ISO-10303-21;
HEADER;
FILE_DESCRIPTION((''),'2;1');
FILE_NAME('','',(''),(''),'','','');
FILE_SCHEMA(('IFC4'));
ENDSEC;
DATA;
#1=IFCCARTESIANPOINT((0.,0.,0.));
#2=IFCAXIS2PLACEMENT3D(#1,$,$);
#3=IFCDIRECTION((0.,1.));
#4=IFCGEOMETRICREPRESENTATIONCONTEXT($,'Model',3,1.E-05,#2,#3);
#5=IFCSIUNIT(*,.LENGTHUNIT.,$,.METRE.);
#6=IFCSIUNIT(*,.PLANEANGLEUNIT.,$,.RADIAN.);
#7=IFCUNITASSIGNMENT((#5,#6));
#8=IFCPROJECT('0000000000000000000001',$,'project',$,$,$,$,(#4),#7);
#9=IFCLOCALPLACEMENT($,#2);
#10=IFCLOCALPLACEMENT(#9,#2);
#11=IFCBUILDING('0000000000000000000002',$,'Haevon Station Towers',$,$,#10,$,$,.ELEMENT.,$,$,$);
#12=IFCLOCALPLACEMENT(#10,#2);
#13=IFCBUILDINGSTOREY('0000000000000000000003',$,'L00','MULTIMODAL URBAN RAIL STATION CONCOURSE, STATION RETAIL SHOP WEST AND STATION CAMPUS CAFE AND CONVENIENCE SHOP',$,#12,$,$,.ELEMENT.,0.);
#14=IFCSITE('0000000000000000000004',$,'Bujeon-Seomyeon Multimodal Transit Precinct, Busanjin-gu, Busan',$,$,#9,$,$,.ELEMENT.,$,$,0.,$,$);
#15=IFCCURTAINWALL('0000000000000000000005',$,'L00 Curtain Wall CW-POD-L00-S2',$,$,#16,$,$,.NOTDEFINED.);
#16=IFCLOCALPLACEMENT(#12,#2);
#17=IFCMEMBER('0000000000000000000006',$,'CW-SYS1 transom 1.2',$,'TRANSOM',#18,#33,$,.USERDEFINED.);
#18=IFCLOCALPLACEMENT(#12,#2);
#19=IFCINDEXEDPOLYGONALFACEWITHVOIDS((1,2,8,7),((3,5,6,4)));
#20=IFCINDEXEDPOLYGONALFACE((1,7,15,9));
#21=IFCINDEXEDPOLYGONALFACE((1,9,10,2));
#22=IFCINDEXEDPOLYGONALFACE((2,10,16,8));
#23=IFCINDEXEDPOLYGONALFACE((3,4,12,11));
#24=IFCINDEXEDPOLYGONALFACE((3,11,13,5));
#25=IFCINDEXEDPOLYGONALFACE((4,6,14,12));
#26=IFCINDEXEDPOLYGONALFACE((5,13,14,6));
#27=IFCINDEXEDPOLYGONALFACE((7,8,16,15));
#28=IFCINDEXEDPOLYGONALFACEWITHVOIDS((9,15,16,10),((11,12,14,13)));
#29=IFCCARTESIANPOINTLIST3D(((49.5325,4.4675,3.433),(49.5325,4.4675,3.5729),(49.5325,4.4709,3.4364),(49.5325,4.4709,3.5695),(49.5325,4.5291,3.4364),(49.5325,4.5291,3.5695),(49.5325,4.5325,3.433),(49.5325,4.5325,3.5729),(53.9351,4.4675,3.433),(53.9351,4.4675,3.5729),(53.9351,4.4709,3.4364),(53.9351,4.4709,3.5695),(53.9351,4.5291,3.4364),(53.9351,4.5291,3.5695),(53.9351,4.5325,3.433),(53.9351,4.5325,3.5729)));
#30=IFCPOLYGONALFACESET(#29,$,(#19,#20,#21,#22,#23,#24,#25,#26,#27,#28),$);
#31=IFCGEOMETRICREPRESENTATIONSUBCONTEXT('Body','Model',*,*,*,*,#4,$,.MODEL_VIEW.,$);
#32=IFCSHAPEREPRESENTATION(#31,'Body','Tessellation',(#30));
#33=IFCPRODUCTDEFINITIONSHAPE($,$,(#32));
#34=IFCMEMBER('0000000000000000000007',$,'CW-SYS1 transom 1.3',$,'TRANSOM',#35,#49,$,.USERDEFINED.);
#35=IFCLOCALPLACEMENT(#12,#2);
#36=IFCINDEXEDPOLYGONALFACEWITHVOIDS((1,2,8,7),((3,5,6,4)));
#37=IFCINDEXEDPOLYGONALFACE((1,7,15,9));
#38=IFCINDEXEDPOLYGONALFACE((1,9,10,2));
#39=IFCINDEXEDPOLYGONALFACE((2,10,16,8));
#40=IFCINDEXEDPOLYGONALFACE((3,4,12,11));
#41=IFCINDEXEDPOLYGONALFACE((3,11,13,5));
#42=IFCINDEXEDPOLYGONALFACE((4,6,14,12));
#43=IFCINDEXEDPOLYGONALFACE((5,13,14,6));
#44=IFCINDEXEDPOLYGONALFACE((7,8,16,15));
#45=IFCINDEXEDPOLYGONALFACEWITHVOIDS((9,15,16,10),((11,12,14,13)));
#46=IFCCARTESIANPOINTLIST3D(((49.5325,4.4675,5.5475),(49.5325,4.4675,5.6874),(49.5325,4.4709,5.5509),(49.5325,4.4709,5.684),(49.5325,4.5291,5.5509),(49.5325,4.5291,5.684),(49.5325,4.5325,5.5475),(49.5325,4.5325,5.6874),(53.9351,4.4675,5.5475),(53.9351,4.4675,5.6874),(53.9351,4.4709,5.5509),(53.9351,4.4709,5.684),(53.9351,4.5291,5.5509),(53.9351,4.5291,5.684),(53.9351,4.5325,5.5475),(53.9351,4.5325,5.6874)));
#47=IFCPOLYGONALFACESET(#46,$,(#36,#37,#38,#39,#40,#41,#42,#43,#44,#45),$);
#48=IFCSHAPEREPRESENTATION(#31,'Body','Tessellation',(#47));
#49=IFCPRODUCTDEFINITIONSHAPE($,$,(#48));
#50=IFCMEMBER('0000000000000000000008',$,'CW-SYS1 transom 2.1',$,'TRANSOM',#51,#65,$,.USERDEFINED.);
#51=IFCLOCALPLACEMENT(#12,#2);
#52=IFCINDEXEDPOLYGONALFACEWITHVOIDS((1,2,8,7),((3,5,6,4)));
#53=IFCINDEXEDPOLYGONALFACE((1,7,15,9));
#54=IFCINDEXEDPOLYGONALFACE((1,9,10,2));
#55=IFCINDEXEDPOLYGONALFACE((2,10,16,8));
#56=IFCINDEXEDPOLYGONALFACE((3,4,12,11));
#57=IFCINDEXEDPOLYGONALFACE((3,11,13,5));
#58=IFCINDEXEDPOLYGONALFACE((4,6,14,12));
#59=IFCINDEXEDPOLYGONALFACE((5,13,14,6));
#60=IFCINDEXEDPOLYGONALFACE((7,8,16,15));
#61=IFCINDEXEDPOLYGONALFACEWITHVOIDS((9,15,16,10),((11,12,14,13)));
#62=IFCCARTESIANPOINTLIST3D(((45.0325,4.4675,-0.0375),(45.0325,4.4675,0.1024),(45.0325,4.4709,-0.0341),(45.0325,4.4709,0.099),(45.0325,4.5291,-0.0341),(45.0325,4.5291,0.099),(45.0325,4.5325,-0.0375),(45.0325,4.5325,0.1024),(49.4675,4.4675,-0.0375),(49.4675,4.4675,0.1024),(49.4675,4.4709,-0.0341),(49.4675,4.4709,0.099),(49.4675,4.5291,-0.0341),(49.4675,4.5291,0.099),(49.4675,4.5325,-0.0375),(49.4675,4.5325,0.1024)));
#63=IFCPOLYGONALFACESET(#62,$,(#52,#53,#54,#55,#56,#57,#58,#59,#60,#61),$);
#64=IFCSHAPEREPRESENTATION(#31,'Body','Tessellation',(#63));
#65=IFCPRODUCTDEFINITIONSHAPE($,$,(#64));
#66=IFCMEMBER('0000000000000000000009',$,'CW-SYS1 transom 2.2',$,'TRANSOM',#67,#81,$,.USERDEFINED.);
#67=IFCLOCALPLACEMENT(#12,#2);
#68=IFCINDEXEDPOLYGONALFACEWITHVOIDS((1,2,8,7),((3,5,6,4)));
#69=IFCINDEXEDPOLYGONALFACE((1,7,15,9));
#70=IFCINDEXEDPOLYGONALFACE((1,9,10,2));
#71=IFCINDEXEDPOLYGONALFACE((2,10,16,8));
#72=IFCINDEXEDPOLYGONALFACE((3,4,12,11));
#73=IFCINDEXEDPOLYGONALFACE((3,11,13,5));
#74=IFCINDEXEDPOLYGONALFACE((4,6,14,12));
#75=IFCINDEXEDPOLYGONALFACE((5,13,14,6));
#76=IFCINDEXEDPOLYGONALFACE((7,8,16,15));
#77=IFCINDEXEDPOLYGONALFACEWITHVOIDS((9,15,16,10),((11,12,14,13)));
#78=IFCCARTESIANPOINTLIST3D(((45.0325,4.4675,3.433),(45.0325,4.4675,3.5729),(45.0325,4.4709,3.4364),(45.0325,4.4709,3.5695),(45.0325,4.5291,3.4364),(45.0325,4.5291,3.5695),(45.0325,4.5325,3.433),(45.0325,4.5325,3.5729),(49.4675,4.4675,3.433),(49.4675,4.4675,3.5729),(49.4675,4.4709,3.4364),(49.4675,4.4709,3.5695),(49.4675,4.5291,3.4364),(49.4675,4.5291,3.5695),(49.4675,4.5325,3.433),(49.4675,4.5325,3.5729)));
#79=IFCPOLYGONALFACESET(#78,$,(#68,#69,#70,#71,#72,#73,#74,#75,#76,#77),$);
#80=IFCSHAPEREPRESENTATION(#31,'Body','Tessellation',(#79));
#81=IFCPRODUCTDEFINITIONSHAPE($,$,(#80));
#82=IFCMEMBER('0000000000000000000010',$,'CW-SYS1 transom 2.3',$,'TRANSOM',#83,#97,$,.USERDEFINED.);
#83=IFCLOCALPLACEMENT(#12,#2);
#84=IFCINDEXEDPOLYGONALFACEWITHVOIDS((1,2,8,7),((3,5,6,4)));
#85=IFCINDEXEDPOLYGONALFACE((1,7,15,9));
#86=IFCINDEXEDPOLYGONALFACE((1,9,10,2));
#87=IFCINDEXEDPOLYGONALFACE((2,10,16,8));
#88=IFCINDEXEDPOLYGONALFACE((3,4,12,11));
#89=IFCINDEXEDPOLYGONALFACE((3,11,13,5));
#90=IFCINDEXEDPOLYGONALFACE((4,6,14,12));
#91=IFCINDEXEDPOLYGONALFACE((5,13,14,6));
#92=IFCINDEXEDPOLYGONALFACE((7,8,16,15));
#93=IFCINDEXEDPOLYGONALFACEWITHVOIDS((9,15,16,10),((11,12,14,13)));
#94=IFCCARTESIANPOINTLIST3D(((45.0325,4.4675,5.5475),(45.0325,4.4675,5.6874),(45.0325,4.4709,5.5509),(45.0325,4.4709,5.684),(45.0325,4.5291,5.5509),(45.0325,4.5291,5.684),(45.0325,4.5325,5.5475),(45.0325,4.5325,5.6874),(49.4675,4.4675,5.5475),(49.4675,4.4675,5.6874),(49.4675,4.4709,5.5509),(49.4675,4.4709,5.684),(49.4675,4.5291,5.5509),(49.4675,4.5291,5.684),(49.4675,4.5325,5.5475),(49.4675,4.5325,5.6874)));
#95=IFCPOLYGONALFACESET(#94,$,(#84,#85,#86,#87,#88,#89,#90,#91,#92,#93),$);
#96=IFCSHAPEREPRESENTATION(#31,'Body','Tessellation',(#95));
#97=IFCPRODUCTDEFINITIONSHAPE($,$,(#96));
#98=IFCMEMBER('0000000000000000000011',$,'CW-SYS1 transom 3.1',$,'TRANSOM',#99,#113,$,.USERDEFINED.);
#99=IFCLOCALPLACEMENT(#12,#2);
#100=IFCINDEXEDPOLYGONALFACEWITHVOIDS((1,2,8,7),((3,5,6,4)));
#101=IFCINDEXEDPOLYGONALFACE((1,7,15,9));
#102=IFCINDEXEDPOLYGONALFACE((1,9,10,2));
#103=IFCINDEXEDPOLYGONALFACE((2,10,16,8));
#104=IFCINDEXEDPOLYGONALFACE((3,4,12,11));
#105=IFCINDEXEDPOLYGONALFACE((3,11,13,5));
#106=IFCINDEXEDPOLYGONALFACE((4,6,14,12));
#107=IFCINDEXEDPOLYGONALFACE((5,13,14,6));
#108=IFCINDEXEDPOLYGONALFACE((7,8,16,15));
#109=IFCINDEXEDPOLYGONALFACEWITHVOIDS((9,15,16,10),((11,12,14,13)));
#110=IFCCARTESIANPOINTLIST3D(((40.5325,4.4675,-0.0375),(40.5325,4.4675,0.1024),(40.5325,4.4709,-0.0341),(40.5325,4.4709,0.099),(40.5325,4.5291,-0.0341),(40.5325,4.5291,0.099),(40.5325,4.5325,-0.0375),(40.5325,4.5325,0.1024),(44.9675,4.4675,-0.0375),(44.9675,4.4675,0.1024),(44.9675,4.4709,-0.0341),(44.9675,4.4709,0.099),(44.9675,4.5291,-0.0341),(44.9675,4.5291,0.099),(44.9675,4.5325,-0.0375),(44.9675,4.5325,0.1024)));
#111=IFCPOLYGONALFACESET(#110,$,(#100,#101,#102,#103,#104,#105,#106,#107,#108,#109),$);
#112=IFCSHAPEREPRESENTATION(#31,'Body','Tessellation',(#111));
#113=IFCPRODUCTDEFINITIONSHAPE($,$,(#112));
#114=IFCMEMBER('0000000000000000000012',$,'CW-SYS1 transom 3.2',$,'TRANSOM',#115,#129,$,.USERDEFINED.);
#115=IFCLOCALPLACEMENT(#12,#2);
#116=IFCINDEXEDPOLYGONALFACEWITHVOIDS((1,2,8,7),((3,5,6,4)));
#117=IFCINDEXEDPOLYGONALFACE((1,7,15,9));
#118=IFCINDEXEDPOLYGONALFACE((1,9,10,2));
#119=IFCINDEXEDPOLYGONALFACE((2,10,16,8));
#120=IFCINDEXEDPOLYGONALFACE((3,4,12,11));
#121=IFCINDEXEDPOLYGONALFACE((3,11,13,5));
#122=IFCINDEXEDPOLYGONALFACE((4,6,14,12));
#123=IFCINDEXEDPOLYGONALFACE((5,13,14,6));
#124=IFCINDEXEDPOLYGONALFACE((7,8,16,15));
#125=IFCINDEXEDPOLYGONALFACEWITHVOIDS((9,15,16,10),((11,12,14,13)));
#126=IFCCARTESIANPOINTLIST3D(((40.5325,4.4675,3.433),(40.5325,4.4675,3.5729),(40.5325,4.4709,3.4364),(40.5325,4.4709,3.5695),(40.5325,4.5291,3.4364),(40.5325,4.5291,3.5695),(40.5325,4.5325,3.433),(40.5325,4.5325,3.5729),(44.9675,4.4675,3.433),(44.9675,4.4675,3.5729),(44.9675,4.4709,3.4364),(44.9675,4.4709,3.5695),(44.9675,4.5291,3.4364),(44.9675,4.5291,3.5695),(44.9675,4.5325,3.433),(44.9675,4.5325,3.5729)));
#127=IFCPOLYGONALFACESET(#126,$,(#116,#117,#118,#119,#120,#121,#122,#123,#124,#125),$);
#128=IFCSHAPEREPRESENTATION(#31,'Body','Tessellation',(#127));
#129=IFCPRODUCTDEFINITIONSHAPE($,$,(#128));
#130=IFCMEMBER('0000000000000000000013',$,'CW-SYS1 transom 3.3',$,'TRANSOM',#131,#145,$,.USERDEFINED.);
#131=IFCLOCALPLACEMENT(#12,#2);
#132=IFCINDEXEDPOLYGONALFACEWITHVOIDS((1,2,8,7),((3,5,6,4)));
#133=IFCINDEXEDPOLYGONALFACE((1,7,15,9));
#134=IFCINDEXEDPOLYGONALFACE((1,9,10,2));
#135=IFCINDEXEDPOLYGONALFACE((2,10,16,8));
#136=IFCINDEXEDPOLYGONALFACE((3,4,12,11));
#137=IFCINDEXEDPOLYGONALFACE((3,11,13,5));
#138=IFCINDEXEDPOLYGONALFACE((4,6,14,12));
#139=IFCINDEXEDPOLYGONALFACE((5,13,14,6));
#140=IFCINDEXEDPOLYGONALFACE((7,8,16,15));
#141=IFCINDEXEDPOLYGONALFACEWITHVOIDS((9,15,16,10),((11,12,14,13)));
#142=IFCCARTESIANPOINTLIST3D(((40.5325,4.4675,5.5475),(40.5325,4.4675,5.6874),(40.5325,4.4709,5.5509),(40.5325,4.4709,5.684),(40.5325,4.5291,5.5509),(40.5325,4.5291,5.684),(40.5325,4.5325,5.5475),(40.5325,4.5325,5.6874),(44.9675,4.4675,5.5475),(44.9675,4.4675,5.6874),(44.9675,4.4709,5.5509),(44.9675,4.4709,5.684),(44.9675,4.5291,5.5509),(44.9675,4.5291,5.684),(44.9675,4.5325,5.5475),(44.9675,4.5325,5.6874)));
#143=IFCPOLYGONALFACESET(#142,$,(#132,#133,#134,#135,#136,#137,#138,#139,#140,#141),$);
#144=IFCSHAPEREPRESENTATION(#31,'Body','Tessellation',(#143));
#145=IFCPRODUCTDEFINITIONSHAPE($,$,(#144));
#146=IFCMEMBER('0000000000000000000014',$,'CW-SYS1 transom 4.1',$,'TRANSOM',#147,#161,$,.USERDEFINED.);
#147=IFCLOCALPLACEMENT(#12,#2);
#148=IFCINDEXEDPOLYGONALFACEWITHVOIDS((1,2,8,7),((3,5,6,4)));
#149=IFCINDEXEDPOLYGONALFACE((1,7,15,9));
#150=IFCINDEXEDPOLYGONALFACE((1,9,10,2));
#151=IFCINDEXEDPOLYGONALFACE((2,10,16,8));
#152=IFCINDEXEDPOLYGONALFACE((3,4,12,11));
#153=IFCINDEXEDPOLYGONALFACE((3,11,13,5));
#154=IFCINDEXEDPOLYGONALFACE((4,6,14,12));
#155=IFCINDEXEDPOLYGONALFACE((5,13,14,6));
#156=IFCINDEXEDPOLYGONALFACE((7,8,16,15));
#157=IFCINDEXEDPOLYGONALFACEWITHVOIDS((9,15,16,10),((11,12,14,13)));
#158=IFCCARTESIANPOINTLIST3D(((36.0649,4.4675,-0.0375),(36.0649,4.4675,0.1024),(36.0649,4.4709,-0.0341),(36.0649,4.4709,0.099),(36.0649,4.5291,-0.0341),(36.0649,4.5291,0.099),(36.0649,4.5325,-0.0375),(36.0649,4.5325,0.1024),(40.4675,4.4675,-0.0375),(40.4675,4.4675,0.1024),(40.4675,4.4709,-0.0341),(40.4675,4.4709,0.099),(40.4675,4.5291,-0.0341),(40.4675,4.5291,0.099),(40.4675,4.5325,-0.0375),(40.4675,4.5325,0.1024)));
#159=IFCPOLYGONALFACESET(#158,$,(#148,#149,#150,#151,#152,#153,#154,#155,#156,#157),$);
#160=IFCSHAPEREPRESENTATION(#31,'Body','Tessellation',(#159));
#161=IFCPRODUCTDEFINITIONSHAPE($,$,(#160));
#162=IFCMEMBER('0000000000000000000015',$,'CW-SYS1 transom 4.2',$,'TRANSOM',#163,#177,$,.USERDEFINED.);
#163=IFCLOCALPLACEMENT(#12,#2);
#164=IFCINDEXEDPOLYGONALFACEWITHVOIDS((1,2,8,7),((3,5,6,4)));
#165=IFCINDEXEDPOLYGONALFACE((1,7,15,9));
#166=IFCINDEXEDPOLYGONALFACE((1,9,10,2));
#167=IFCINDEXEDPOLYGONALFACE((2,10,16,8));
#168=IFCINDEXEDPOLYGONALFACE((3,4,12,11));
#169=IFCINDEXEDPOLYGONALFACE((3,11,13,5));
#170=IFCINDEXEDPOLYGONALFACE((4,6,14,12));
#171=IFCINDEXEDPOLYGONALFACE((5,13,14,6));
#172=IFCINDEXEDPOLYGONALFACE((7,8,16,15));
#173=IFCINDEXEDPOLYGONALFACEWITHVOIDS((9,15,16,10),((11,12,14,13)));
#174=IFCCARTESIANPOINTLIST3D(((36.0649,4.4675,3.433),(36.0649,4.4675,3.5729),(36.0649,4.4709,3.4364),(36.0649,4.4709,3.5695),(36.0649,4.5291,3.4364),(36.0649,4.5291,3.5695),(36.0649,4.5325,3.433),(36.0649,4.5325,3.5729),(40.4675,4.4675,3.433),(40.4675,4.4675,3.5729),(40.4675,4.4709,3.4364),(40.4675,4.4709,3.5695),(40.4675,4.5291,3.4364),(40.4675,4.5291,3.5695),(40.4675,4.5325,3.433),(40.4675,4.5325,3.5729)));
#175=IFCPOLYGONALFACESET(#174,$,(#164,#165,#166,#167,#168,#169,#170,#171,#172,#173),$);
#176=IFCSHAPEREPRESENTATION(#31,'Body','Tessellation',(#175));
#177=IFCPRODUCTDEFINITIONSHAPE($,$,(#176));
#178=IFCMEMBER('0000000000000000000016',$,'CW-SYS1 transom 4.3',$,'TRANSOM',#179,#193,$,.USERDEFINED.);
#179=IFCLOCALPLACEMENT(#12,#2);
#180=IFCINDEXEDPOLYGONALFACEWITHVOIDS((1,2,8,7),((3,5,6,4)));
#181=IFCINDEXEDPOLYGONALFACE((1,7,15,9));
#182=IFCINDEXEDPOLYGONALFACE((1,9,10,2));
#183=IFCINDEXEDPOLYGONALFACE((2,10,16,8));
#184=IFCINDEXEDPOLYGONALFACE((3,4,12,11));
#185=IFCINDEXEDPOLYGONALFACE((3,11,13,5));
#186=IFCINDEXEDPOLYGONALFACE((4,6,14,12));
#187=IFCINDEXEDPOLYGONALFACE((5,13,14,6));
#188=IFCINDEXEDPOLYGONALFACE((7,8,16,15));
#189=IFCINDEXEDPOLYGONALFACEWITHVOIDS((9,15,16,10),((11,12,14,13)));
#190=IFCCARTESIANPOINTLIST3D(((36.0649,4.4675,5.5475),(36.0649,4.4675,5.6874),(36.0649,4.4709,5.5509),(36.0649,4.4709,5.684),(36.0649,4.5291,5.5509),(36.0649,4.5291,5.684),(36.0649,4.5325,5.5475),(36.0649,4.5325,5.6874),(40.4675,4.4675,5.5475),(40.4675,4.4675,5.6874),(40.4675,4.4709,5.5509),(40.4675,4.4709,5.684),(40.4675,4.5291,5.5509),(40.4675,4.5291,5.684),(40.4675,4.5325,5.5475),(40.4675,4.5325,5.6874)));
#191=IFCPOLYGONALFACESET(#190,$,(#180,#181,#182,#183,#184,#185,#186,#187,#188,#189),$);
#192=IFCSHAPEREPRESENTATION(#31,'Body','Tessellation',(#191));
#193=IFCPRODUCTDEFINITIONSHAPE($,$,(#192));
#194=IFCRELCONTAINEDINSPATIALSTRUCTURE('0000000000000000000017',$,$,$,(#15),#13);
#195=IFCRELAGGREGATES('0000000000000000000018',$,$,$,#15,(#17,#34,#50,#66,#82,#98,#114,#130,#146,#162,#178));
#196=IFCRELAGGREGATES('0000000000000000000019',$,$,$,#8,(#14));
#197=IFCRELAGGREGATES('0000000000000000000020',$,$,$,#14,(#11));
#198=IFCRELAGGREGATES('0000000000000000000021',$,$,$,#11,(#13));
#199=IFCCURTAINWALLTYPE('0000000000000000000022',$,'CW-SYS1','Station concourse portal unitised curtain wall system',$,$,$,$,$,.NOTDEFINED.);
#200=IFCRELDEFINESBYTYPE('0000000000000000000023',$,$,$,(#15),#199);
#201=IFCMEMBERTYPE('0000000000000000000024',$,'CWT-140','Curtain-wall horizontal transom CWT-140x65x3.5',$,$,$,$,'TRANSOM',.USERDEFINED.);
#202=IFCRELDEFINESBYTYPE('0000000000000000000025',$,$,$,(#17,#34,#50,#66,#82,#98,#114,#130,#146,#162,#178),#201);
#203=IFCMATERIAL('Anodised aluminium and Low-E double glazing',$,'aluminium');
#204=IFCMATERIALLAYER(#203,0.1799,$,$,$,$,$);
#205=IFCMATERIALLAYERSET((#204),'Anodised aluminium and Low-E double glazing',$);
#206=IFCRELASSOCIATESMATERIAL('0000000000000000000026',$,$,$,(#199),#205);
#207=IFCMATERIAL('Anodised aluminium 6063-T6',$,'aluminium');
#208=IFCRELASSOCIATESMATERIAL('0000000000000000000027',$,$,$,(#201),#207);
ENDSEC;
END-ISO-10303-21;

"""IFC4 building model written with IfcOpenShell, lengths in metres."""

from ifc_helpers import new_model, si_unit, direction, frame, origin, origin_2d, place, context, subcontext, project, spatial, hollow_rectangle, extrude, material, layer, layer_set, material_profile, profile_set, type_object, element, aggregate, save


model = new_model("IFC4")

# Units and contexts
model_context = context("Model", 3, precision=1e-05, world=origin(), true_north=direction((0.0, 1.0)))
body_context = subcontext(model_context, "Body", "Model", "MODEL_VIEW")
ifc_project = project(units=[si_unit("LENGTHUNIT", "METRE"), si_unit("PLANEANGLEUNIT", "RADIAN")], contexts=[model_context])

# Site, building, storey
site_placement = place(None, origin())
site = spatial("IfcSite", under=ifc_project, at=site_placement, Name="Bujeon-Seomyeon Multimodal Transit Precinct, Busanjin-gu, Busan", CompositionType="ELEMENT", RefElevation=0.0)
building_placement = place(site_placement, origin())
building = spatial("IfcBuilding", under=site, at=building_placement, Name="Haevon Station Towers", CompositionType="ELEMENT")
storey_placement = place(building_placement, origin())
storey = spatial("IfcBuildingStorey", under=building, at=storey_placement, Name="L00", Description="MULTIMODAL URBAN RAIL STATION CONCOURSE, STATION RETAIL SHOP WEST AND STATION CAMPUS CAFE AND CONVENIENCE SHOP", CompositionType="ELEMENT", Elevation=0.0)

# Curtain wall, members
ifc_material_1 = material(Name="Anodised aluminium and Low-E double glazing", Category="aluminium")
ifc_layer_1 = layer(ifc_material_1, 0.1799)
ifc_layer_set_1 = layer_set([ifc_layer_1], Name="Anodised aluminium and Low-E double glazing")
curtain_wall_type = type_object("IfcCurtainWallType", Name="CW-SYS1", Description="Station concourse portal unitised curtain wall system", PredefinedType="NOTDEFINED", material=ifc_layer_set_1)
curtain_wall_placement = place(storey_placement, origin())
curtain_wall = element("IfcCurtainWall", 1, at=curtain_wall_placement, inside=storey, type_object=curtain_wall_type, Name="L00 Curtain Wall CW-POD-L00-S2", PredefinedType="NOTDEFINED")
ifc_material_2 = material(Name="Anodised aluminium 6063-T6", Category="aluminium")
ifc_material_profile_1 = material_profile(ifc_material_2, hollow_rectangle(XDim=0.0649, YDim=0.1399, WallThickness=0.0034, at=origin_2d()), Name="CWT-140x65x3.5")
ifc_profile_set_1 = profile_set([ifc_material_profile_1], Name="Anodised aluminium 6063-T6")
member_type_1 = type_object("IfcMemberType", Name="CWT-140", Description="Curtain-wall horizontal transom CWT-140x65x3.5", ElementType="TRANSOM", PredefinedType="USERDEFINED", material=ifc_profile_set_1)
member_1_placement = place(storey_placement, frame((53.9351, 4.5, 3.5029), z_axis=(-1.0, 0.0, 0.0), x_axis=(0.0, -1.0, 0.0)))
member_1 = element("IfcMember", 2, at=member_1_placement, type_object=member_type_1, Name="CW-SYS1 transom 1.2", ObjectType="TRANSOM", PredefinedType="USERDEFINED", context=body_context, shape_type="SweptSolid", body=[
    extrude(hollow_rectangle(XDim=0.0649, YDim=0.1399, WallThickness=0.0034, at=origin_2d()), origin(), (0.0, 0.0, 1.0), 4.4026),
])
member_2_placement = place(storey_placement, frame((53.9351, 4.5, 5.6174), z_axis=(-1.0, 0.0, 0.0), x_axis=(0.0, -1.0, 0.0)))
member_2 = element("IfcMember", 3, at=member_2_placement, type_object=member_type_1, Name="CW-SYS1 transom 1.3", ObjectType="TRANSOM", PredefinedType="USERDEFINED", context=body_context, shape_type="SweptSolid", body=[
    extrude(hollow_rectangle(XDim=0.0649, YDim=0.1399, WallThickness=0.0034, at=origin_2d()), origin(), (0.0, 0.0, 1.0), 4.4026),
])
member_3_placement = place(storey_placement, frame((49.4675, 4.5, 0.0325), z_axis=(-1.0, 0.0, 0.0), x_axis=(0.0, -1.0, 0.0)))
member_3 = element("IfcMember", 4, at=member_3_placement, type_object=member_type_1, Name="CW-SYS1 transom 2.1", ObjectType="TRANSOM", PredefinedType="USERDEFINED", context=body_context, shape_type="SweptSolid", body=[
    extrude(hollow_rectangle(XDim=0.0649, YDim=0.1399, WallThickness=0.0034, at=origin_2d()), origin(), (0.0, 0.0, 1.0), 4.4351),
])
member_4_placement = place(storey_placement, frame((49.4675, 4.5, 3.5029), z_axis=(-1.0, 0.0, 0.0), x_axis=(0.0, -1.0, 0.0)))
member_4 = element("IfcMember", 5, at=member_4_placement, type_object=member_type_1, Name="CW-SYS1 transom 2.2", ObjectType="TRANSOM", PredefinedType="USERDEFINED", context=body_context, shape_type="SweptSolid", body=[
    extrude(hollow_rectangle(XDim=0.0649, YDim=0.1399, WallThickness=0.0034, at=origin_2d()), origin(), (0.0, 0.0, 1.0), 4.4351),
])
member_5_placement = place(storey_placement, frame((49.4675, 4.5, 5.6174), z_axis=(-1.0, 0.0, 0.0), x_axis=(0.0, -1.0, 0.0)))
member_5 = element("IfcMember", 6, at=member_5_placement, type_object=member_type_1, Name="CW-SYS1 transom 2.3", ObjectType="TRANSOM", PredefinedType="USERDEFINED", context=body_context, shape_type="SweptSolid", body=[
    extrude(hollow_rectangle(XDim=0.0649, YDim=0.1399, WallThickness=0.0034, at=origin_2d()), origin(), (0.0, 0.0, 1.0), 4.4351),
])
member_6_placement = place(storey_placement, frame((44.9675, 4.5, 0.0325), z_axis=(-1.0, 0.0, 0.0), x_axis=(0.0, -1.0, 0.0)))
member_6 = element("IfcMember", 7, at=member_6_placement, type_object=member_type_1, Name="CW-SYS1 transom 3.1", ObjectType="TRANSOM", PredefinedType="USERDEFINED", context=body_context, shape_type="SweptSolid", body=[
    extrude(hollow_rectangle(XDim=0.0649, YDim=0.1399, WallThickness=0.0034, at=origin_2d()), origin(), (0.0, 0.0, 1.0), 4.4351),
])
member_7_placement = place(storey_placement, frame((44.9675, 4.5, 3.5029), z_axis=(-1.0, 0.0, 0.0), x_axis=(0.0, -1.0, 0.0)))
member_7 = element("IfcMember", 8, at=member_7_placement, type_object=member_type_1, Name="CW-SYS1 transom 3.2", ObjectType="TRANSOM", PredefinedType="USERDEFINED", context=body_context, shape_type="SweptSolid", body=[
    extrude(hollow_rectangle(XDim=0.0649, YDim=0.1399, WallThickness=0.0034, at=origin_2d()), origin(), (0.0, 0.0, 1.0), 4.4351),
])
member_8_placement = place(storey_placement, frame((44.9675, 4.5, 5.6174), z_axis=(-1.0, 0.0, 0.0), x_axis=(0.0, -1.0, 0.0)))
member_8 = element("IfcMember", 9, at=member_8_placement, type_object=member_type_1, Name="CW-SYS1 transom 3.3", ObjectType="TRANSOM", PredefinedType="USERDEFINED", context=body_context, shape_type="SweptSolid", body=[
    extrude(hollow_rectangle(XDim=0.0649, YDim=0.1399, WallThickness=0.0034, at=origin_2d()), origin(), (0.0, 0.0, 1.0), 4.4351),
])
member_9_placement = place(storey_placement, frame((40.4675, 4.5, 0.0325), z_axis=(-1.0, 0.0, 0.0), x_axis=(0.0, -1.0, 0.0)))
member_9 = element("IfcMember", 10, at=member_9_placement, type_object=member_type_1, Name="CW-SYS1 transom 4.1", ObjectType="TRANSOM", PredefinedType="USERDEFINED", context=body_context, shape_type="SweptSolid", body=[
    extrude(hollow_rectangle(XDim=0.0649, YDim=0.1399, WallThickness=0.0034, at=origin_2d()), origin(), (0.0, 0.0, 1.0), 4.4026),
])
member_10_placement = place(storey_placement, frame((40.4675, 4.5, 3.5029), z_axis=(-1.0, 0.0, 0.0), x_axis=(0.0, -1.0, 0.0)))
member_10 = element("IfcMember", 11, at=member_10_placement, type_object=member_type_1, Name="CW-SYS1 transom 4.2", ObjectType="TRANSOM", PredefinedType="USERDEFINED", context=body_context, shape_type="SweptSolid", body=[
    extrude(hollow_rectangle(XDim=0.0649, YDim=0.1399, WallThickness=0.0034, at=origin_2d()), origin(), (0.0, 0.0, 1.0), 4.4026),
])
member_11_placement = place(storey_placement, frame((40.4675, 4.5, 5.6174), z_axis=(-1.0, 0.0, 0.0), x_axis=(0.0, -1.0, 0.0)))
member_11 = element("IfcMember", 12, at=member_11_placement, type_object=member_type_1, Name="CW-SYS1 transom 4.3", ObjectType="TRANSOM", PredefinedType="USERDEFINED", context=body_context, shape_type="SweptSolid", body=[
    extrude(hollow_rectangle(XDim=0.0649, YDim=0.1399, WallThickness=0.0034, at=origin_2d()), origin(), (0.0, 0.0, 1.0), 4.4026),
])
aggregate(curtain_wall, [member_1, member_2, member_3, member_4, member_5, member_6, member_7, member_8, member_9, member_10, member_11])

save(model, "model.ifc")
